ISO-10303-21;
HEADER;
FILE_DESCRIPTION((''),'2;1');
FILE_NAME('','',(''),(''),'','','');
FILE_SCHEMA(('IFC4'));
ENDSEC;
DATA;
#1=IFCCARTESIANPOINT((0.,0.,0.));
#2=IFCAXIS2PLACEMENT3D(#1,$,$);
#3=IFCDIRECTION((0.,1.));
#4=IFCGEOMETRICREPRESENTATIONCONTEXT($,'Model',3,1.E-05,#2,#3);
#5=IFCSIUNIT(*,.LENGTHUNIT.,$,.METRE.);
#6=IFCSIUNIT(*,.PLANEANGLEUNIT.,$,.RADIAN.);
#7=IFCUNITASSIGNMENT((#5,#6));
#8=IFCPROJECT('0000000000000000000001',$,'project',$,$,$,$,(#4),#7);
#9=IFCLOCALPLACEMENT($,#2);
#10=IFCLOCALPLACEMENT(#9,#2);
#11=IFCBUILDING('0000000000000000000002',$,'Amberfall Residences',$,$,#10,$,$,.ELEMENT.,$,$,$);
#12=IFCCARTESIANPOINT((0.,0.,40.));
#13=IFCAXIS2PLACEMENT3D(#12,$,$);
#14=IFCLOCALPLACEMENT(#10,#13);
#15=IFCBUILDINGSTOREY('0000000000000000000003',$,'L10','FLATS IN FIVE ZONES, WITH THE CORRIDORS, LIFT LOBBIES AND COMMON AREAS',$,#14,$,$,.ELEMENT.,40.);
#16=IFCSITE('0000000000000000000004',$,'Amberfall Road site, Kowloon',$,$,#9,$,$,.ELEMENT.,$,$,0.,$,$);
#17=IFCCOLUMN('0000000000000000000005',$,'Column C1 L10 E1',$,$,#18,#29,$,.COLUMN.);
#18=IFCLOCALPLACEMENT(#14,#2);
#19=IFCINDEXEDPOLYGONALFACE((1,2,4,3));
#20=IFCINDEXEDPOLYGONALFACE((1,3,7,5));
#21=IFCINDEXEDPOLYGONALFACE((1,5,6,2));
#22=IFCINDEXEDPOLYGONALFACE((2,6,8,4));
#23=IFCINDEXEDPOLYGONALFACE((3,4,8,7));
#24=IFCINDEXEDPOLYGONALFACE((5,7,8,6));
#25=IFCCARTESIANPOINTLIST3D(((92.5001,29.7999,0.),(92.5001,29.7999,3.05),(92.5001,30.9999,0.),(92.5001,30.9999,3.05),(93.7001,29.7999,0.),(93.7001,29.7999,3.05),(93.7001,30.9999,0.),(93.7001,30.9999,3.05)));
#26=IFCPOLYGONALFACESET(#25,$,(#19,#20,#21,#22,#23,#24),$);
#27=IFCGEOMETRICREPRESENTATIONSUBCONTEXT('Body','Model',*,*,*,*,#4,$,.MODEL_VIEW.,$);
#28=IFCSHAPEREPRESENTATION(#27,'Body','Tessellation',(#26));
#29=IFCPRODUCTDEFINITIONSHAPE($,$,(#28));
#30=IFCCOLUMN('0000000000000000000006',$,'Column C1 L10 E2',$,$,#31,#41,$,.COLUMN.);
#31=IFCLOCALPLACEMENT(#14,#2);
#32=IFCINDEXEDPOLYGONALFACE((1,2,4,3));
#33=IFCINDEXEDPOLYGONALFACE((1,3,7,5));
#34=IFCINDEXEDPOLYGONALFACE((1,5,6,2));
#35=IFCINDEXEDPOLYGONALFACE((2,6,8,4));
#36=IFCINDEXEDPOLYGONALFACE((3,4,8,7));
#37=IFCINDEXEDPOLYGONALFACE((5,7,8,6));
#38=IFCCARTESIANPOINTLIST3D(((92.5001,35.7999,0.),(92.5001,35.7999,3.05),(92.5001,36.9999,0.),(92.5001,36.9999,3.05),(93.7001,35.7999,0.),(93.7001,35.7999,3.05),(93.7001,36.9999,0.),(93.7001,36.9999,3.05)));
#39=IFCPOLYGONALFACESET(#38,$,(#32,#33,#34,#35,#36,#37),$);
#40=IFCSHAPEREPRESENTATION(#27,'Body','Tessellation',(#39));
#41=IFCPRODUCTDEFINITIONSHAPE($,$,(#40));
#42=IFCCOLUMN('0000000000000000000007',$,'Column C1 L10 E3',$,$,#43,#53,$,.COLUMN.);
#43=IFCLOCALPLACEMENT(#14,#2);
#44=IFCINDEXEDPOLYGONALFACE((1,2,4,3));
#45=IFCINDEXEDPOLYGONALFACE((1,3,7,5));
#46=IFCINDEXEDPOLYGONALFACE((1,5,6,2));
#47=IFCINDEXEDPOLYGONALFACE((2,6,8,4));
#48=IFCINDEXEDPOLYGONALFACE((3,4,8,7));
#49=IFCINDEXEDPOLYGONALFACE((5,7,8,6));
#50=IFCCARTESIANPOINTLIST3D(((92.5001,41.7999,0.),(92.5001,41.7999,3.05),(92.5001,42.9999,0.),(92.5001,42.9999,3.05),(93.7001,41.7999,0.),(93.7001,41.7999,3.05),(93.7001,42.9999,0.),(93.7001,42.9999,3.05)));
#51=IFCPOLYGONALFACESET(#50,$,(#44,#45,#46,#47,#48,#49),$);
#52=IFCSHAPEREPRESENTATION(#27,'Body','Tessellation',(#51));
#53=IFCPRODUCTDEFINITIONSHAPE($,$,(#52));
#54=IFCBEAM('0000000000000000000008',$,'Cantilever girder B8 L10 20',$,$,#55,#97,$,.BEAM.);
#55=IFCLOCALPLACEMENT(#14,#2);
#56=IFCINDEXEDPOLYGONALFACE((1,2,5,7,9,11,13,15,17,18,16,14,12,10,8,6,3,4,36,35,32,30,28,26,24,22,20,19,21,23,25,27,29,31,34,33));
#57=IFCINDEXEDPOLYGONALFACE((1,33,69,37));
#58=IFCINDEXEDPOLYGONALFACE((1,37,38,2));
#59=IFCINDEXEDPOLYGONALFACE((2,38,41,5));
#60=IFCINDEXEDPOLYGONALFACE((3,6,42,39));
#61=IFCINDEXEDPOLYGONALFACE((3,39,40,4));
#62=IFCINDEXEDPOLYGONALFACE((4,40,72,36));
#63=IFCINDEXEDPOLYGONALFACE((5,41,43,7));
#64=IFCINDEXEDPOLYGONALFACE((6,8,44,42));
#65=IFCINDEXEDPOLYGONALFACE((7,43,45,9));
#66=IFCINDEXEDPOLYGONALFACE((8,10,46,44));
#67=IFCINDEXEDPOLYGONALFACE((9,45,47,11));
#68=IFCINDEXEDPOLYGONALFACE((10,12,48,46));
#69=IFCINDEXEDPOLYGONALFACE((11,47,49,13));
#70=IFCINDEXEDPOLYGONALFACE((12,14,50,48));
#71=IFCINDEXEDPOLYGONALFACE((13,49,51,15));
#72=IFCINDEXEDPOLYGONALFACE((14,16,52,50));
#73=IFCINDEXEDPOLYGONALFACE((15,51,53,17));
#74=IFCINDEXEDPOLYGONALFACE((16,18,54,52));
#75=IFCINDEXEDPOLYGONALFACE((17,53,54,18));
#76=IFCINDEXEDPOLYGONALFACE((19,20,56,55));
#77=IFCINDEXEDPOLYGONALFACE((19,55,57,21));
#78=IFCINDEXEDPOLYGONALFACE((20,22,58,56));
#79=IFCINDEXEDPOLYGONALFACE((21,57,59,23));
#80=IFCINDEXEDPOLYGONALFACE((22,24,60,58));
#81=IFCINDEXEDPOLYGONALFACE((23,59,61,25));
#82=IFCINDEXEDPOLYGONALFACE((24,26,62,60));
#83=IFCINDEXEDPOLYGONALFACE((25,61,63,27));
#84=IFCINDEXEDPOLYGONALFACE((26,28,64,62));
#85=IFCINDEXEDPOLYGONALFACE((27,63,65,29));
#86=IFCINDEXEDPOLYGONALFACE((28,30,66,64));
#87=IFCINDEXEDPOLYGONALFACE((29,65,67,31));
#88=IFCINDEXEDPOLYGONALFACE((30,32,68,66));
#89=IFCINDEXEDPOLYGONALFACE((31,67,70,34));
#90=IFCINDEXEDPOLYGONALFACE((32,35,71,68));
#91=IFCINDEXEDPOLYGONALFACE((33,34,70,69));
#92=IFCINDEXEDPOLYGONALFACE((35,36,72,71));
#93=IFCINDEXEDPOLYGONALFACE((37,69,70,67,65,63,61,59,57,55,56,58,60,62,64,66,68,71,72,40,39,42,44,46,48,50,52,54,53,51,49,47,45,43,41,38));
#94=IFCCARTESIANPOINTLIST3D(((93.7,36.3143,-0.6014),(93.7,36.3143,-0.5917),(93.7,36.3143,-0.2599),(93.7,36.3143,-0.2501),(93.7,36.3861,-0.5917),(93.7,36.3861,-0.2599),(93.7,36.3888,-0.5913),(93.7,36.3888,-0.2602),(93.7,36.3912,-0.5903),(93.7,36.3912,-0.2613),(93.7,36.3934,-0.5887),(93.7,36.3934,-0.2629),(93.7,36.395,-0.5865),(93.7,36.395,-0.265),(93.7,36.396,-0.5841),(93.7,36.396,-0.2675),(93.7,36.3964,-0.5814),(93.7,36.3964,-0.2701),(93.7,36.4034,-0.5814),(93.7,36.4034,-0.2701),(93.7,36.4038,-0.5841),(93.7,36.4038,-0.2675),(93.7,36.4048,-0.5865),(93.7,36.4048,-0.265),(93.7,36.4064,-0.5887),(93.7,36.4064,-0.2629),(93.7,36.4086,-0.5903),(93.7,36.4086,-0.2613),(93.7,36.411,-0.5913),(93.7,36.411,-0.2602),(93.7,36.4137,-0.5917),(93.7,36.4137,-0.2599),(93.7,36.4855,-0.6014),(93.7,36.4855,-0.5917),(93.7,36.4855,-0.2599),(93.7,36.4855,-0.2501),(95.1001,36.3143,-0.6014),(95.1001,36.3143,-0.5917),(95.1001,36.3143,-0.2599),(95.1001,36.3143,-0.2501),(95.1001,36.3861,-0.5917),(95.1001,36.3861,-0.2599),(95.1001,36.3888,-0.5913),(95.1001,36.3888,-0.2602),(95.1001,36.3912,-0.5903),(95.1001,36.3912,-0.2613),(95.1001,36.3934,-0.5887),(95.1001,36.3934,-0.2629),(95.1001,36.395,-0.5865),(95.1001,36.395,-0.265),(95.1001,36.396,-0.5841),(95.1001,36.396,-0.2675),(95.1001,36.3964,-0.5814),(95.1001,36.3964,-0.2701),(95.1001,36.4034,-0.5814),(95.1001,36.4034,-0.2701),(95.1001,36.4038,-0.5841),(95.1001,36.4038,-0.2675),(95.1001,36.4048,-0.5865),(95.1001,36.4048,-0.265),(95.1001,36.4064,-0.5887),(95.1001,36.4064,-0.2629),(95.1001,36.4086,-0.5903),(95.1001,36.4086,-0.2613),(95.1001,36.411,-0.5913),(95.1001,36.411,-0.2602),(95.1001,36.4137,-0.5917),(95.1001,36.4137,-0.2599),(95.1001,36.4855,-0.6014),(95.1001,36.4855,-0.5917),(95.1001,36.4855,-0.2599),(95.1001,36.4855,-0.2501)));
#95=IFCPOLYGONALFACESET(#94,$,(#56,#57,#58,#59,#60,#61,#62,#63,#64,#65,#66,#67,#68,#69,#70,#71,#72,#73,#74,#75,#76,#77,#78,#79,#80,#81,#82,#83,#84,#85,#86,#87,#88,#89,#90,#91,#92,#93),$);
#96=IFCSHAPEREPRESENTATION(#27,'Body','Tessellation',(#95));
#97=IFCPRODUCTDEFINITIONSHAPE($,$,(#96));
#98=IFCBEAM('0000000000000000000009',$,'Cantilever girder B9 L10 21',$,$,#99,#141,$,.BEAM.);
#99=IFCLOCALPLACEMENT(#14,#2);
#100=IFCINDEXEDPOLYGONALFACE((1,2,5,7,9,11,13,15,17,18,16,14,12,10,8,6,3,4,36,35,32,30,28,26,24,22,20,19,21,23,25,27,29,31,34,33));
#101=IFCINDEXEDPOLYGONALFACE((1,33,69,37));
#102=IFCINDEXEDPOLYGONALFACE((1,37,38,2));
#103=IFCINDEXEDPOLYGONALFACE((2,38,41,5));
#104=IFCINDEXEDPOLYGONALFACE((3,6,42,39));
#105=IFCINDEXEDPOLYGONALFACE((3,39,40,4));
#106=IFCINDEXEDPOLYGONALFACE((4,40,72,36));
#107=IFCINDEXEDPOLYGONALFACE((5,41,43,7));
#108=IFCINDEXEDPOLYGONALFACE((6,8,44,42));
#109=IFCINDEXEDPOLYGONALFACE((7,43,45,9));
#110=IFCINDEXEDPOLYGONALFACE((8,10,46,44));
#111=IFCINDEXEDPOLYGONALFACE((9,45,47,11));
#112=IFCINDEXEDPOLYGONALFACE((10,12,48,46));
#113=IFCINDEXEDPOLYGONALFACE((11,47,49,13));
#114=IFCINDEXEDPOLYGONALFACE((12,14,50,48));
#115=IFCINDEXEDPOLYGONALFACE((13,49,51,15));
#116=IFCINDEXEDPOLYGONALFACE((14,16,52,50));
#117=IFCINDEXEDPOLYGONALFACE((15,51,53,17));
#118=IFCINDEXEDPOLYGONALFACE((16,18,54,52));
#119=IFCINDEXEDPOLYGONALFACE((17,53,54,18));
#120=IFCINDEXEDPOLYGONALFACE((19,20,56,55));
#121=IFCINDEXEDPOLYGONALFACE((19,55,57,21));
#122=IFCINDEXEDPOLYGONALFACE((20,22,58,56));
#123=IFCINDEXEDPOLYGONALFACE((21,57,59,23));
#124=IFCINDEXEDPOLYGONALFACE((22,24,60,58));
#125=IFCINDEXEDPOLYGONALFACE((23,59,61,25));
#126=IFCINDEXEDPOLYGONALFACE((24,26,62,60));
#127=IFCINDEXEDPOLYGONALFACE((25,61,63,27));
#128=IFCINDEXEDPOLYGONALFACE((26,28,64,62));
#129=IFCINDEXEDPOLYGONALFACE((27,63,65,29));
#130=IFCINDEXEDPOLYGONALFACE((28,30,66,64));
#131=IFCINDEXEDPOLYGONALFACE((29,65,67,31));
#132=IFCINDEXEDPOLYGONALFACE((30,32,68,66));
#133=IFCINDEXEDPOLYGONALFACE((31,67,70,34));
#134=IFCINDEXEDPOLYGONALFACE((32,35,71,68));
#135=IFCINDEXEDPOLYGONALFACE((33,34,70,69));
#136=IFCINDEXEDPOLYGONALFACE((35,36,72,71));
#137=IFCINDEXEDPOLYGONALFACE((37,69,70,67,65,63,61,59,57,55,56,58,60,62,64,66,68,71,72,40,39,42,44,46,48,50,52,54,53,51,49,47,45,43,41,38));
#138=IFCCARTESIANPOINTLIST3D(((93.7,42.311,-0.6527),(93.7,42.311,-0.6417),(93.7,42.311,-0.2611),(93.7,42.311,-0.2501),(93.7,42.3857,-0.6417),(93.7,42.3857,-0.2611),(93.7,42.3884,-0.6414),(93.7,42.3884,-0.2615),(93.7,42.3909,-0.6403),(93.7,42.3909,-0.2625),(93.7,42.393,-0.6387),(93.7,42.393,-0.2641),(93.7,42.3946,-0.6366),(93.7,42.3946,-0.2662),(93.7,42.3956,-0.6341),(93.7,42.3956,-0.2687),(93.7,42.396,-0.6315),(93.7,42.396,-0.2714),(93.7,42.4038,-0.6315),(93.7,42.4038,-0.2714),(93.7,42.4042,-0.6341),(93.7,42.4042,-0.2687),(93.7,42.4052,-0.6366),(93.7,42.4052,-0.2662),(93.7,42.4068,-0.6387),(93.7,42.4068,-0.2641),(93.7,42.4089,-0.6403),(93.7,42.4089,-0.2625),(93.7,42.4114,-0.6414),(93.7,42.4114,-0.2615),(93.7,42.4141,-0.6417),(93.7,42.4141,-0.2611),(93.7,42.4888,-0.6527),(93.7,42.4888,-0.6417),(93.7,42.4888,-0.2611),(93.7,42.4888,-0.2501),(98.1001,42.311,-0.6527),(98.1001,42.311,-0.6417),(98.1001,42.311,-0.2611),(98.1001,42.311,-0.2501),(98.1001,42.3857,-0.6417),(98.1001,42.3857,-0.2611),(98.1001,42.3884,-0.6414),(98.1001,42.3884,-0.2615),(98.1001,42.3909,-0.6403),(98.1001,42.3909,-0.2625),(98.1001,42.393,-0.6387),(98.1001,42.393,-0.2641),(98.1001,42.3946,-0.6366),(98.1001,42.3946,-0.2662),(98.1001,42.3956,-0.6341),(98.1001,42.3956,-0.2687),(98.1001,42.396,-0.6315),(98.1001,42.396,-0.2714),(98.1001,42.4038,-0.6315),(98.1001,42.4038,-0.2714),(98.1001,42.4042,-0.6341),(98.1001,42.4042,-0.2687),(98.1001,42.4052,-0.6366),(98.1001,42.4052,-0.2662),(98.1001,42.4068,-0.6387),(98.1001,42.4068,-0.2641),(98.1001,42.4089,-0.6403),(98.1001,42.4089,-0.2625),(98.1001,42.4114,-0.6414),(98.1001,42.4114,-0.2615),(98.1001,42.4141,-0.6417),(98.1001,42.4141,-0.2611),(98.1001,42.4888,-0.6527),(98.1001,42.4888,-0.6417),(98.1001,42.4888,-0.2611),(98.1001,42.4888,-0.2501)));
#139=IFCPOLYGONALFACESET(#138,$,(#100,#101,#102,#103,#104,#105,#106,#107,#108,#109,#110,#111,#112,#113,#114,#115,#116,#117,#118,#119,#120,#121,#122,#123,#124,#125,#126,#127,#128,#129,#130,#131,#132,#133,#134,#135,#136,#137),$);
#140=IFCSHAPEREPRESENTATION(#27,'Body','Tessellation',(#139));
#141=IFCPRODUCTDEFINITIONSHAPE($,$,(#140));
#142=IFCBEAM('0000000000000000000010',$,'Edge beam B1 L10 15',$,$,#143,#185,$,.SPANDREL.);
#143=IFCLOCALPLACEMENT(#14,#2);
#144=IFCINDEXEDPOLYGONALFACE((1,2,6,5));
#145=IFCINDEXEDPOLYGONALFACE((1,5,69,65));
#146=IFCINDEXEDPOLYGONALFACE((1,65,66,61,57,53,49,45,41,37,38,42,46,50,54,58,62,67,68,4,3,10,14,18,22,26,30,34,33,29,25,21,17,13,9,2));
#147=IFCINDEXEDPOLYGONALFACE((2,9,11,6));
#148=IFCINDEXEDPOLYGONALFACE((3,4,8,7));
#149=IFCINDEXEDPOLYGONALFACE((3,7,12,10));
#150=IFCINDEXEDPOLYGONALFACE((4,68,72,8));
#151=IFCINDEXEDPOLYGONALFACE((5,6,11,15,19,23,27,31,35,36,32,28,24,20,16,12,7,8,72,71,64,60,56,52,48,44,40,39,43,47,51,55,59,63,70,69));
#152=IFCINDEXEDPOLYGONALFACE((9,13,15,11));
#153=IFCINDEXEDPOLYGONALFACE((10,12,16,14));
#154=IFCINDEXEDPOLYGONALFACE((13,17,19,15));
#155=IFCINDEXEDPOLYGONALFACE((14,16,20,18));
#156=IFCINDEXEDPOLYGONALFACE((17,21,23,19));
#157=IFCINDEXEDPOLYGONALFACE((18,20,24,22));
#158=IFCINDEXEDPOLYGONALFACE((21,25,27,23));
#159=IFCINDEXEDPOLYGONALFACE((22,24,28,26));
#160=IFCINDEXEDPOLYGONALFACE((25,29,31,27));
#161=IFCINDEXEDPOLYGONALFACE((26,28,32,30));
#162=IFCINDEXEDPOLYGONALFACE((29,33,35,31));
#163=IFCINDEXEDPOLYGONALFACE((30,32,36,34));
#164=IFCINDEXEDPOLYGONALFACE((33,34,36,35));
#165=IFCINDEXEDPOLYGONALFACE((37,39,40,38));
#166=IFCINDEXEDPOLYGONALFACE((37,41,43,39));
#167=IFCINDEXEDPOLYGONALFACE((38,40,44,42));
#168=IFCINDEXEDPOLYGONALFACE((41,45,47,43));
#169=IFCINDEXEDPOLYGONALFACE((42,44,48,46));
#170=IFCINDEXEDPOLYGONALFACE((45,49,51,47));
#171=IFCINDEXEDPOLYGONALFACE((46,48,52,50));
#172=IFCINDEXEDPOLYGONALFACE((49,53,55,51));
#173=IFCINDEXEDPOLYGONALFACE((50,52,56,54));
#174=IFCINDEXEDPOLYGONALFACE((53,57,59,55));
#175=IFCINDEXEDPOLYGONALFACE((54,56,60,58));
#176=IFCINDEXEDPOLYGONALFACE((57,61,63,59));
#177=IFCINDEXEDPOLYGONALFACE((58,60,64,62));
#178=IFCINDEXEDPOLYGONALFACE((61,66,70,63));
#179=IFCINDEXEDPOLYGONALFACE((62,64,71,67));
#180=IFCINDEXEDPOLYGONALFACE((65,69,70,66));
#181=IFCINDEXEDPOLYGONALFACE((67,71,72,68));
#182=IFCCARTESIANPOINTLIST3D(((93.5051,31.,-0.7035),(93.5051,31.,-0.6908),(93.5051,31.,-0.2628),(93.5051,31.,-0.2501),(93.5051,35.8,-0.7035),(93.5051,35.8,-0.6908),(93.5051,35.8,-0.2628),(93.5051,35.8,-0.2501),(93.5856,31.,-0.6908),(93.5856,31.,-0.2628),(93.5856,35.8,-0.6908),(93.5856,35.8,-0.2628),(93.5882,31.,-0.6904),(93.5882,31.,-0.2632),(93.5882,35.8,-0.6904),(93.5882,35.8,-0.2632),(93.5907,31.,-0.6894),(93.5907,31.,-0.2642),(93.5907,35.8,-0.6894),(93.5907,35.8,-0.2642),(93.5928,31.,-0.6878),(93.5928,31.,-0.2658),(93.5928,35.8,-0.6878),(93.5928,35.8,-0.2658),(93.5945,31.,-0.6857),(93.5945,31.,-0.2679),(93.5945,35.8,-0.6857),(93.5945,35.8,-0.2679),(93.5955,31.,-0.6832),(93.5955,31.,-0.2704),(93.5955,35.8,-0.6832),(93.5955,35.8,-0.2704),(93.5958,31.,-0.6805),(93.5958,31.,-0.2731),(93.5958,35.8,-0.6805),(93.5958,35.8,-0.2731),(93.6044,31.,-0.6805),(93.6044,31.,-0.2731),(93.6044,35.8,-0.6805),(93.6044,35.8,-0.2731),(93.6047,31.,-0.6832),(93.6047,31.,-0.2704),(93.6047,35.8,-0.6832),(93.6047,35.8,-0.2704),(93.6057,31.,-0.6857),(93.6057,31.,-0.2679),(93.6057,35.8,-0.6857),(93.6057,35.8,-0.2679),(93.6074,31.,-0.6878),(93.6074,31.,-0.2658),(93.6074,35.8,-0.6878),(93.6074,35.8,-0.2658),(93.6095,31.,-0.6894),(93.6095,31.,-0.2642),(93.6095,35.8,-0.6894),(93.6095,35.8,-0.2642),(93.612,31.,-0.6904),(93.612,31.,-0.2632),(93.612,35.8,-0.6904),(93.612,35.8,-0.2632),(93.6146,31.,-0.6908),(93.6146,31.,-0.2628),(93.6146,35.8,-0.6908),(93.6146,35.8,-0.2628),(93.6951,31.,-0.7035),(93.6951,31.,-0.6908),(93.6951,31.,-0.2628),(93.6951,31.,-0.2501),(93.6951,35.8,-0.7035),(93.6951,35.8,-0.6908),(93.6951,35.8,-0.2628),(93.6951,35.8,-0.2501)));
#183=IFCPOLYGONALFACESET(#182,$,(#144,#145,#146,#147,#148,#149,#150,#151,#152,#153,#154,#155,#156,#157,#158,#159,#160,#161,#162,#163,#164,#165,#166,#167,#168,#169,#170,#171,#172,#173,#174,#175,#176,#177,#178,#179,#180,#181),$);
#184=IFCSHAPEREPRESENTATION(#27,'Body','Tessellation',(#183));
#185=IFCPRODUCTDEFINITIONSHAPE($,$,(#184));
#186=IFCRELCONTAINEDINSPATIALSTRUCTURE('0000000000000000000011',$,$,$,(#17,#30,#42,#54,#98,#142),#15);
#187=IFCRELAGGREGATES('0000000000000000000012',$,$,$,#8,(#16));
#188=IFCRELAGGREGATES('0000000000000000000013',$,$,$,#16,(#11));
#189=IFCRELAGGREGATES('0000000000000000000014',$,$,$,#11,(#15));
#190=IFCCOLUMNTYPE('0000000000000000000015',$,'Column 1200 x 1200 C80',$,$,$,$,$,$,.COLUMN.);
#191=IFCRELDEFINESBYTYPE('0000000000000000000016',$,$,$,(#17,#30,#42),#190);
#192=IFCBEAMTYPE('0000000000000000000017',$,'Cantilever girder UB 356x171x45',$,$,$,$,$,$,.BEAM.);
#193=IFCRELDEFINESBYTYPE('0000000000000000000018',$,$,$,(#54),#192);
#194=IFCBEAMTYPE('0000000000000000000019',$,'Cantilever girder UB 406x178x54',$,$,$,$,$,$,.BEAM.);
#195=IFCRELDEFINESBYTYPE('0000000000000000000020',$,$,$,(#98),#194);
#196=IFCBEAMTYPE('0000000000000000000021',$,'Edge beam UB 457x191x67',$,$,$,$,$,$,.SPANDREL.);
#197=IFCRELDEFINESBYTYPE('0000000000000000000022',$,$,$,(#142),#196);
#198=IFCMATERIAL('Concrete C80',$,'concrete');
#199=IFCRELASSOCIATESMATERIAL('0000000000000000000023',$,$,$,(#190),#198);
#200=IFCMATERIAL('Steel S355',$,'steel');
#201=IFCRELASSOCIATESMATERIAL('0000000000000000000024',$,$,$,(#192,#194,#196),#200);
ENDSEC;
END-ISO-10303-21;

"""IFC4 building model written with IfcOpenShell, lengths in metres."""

from ifc_helpers import new_model, si_unit, direction, frame, origin, origin_2d, place, context, subcontext, project, spatial, rectangle, i_section, extrude, material, material_profile, profile_set, type_object, element, save


model = new_model("IFC4")

# Units and contexts
model_context = context("Model", 3, precision=1e-05, world=origin(), true_north=direction((0.0, 1.0)))
body_context = subcontext(model_context, "Body", "Model", "MODEL_VIEW")
ifc_project = project(units=[si_unit("LENGTHUNIT", "METRE"), si_unit("PLANEANGLEUNIT", "RADIAN")], contexts=[model_context])

# Site, building, storey
site_placement = place(None, origin())
site = spatial("IfcSite", under=ifc_project, at=site_placement, Name="Amberfall Road site, Kowloon", CompositionType="ELEMENT", RefElevation=0.0)
building_placement = place(site_placement, origin())
building = spatial("IfcBuilding", under=site, at=building_placement, Name="Amberfall Residences", CompositionType="ELEMENT")
storey_placement = place(building_placement, frame((0.0, 0.0, 40.0)))
storey = spatial("IfcBuildingStorey", under=building, at=storey_placement, Name="L10", Description="FLATS IN FIVE ZONES, WITH THE CORRIDORS, LIFT LOBBIES AND COMMON AREAS", CompositionType="ELEMENT", Elevation=40.0)

# Columns
ifc_material_1 = material(Name="Concrete C80", Category="concrete")
ifc_material_profile_1 = material_profile(ifc_material_1, rectangle(XDim=1.2, YDim=1.2, at=origin_2d()), Name="Column 1200 x 1200 C80")
ifc_profile_set_1 = profile_set([ifc_material_profile_1], Name="Concrete C80")
column_type = type_object("IfcColumnType", Name="Column 1200 x 1200 C80", PredefinedType="COLUMN", material=ifc_profile_set_1)
for number, where, z_axis, x_axis, name in (
    (1, (93.1001, 30.3999, 0.0), (0.0, 0.0, 1.0), (1.0, 0.0, 0.0), "Column C1 L10 E1"),
    (2, (93.1001, 36.3999, 0.0), (0.0, 0.0, 1.0), (1.0, 0.0, 0.0), "Column C1 L10 E2"),
    (3, (93.1001, 42.3999, 0.0), (0.0, 0.0, 1.0), (1.0, 0.0, 0.0), "Column C1 L10 E3"),
):
    element("IfcColumn", number, at=place(storey_placement, frame(where, z_axis=z_axis, x_axis=x_axis)), inside=storey, type_object=column_type, Name=name, PredefinedType="COLUMN", context=body_context, shape_type="SweptSolid", body=[
        extrude(rectangle(XDim=1.2, YDim=1.2, at=origin_2d()), origin(), (0.0, 0.0, 1.0), 3.05),
    ])

# Beams
ifc_material_2 = material(Name="Steel S355", Category="steel")
ifc_material_profile_2 = material_profile(ifc_material_2, i_section(OverallWidth=0.1711, OverallDepth=0.3513, WebThickness=0.0071, FlangeThickness=0.0098, FilletRadius=0.0103, at=origin_2d()), Name="UB 356x171x45")
ifc_profile_set_2 = profile_set([ifc_material_profile_2], Name="Steel S355")
beam_type_1 = type_object("IfcBeamType", Name="Cantilever girder UB 356x171x45", PredefinedType="BEAM", material=ifc_profile_set_2)
beam_1_placement = place(storey_placement, frame((93.7, 36.3999, -0.4258), z_axis=(1.0, 0.0, 0.0), x_axis=(0.0, 1.0, 0.0)))
element("IfcBeam", 4, at=beam_1_placement, inside=storey, type_object=beam_type_1, Name="Cantilever girder B8 L10 20", PredefinedType="BEAM", context=body_context, shape_type="SweptSolid", body=[
    extrude(i_section(OverallWidth=0.1711, OverallDepth=0.3513, WebThickness=0.0071, FlangeThickness=0.0098, FilletRadius=0.0103, at=origin_2d()), origin(), (0.0, 0.0, 1.0), 1.4001),
])
ifc_material_profile_3 = material_profile(ifc_material_2, i_section(OverallWidth=0.1777, OverallDepth=0.4026, WebThickness=0.0078, FlangeThickness=0.011, FilletRadius=0.0103, at=origin_2d()), Name="UB 406x178x54")
ifc_profile_set_3 = profile_set([ifc_material_profile_3], Name="Steel S355")
beam_type_2 = type_object("IfcBeamType", Name="Cantilever girder UB 406x178x54", PredefinedType="BEAM", material=ifc_profile_set_3)
beam_2_placement = place(storey_placement, frame((93.7, 42.3999, -0.4514), z_axis=(1.0, 0.0, 0.0), x_axis=(0.0, 1.0, 0.0)))
element("IfcBeam", 5, at=beam_2_placement, inside=storey, type_object=beam_type_2, Name="Cantilever girder B9 L10 21", PredefinedType="BEAM", context=body_context, shape_type="SweptSolid", body=[
    extrude(i_section(OverallWidth=0.1777, OverallDepth=0.4026, WebThickness=0.0078, FlangeThickness=0.011, FilletRadius=0.0103, at=origin_2d()), origin(), (0.0, 0.0, 1.0), 4.4001),
])
ifc_material_profile_4 = material_profile(ifc_material_2, i_section(OverallWidth=0.1899, OverallDepth=0.4534, WebThickness=0.0085, FlangeThickness=0.0127, FilletRadius=0.0103, at=origin_2d()), Name="UB 457x191x67")
ifc_profile_set_4 = profile_set([ifc_material_profile_4], Name="Steel S355")
beam_type_3 = type_object("IfcBeamType", Name="Edge beam UB 457x191x67", PredefinedType="SPANDREL", material=ifc_profile_set_4)
beam_3_placement = place(storey_placement, frame((93.6001, 31.0, -0.4768), z_axis=(0.0, 1.0, 0.0), x_axis=(-1.0, 0.0, 0.0)))
element("IfcBeam", 6, at=beam_3_placement, inside=storey, type_object=beam_type_3, Name="Edge beam B1 L10 15", PredefinedType="SPANDREL", context=body_context, shape_type="SweptSolid", body=[
    extrude(i_section(OverallWidth=0.1899, OverallDepth=0.4534, WebThickness=0.0085, FlangeThickness=0.0127, FilletRadius=0.0103, at=origin_2d()), origin(), (0.0, 0.0, 1.0), 4.8),
])

save(model, "model.ifc")
